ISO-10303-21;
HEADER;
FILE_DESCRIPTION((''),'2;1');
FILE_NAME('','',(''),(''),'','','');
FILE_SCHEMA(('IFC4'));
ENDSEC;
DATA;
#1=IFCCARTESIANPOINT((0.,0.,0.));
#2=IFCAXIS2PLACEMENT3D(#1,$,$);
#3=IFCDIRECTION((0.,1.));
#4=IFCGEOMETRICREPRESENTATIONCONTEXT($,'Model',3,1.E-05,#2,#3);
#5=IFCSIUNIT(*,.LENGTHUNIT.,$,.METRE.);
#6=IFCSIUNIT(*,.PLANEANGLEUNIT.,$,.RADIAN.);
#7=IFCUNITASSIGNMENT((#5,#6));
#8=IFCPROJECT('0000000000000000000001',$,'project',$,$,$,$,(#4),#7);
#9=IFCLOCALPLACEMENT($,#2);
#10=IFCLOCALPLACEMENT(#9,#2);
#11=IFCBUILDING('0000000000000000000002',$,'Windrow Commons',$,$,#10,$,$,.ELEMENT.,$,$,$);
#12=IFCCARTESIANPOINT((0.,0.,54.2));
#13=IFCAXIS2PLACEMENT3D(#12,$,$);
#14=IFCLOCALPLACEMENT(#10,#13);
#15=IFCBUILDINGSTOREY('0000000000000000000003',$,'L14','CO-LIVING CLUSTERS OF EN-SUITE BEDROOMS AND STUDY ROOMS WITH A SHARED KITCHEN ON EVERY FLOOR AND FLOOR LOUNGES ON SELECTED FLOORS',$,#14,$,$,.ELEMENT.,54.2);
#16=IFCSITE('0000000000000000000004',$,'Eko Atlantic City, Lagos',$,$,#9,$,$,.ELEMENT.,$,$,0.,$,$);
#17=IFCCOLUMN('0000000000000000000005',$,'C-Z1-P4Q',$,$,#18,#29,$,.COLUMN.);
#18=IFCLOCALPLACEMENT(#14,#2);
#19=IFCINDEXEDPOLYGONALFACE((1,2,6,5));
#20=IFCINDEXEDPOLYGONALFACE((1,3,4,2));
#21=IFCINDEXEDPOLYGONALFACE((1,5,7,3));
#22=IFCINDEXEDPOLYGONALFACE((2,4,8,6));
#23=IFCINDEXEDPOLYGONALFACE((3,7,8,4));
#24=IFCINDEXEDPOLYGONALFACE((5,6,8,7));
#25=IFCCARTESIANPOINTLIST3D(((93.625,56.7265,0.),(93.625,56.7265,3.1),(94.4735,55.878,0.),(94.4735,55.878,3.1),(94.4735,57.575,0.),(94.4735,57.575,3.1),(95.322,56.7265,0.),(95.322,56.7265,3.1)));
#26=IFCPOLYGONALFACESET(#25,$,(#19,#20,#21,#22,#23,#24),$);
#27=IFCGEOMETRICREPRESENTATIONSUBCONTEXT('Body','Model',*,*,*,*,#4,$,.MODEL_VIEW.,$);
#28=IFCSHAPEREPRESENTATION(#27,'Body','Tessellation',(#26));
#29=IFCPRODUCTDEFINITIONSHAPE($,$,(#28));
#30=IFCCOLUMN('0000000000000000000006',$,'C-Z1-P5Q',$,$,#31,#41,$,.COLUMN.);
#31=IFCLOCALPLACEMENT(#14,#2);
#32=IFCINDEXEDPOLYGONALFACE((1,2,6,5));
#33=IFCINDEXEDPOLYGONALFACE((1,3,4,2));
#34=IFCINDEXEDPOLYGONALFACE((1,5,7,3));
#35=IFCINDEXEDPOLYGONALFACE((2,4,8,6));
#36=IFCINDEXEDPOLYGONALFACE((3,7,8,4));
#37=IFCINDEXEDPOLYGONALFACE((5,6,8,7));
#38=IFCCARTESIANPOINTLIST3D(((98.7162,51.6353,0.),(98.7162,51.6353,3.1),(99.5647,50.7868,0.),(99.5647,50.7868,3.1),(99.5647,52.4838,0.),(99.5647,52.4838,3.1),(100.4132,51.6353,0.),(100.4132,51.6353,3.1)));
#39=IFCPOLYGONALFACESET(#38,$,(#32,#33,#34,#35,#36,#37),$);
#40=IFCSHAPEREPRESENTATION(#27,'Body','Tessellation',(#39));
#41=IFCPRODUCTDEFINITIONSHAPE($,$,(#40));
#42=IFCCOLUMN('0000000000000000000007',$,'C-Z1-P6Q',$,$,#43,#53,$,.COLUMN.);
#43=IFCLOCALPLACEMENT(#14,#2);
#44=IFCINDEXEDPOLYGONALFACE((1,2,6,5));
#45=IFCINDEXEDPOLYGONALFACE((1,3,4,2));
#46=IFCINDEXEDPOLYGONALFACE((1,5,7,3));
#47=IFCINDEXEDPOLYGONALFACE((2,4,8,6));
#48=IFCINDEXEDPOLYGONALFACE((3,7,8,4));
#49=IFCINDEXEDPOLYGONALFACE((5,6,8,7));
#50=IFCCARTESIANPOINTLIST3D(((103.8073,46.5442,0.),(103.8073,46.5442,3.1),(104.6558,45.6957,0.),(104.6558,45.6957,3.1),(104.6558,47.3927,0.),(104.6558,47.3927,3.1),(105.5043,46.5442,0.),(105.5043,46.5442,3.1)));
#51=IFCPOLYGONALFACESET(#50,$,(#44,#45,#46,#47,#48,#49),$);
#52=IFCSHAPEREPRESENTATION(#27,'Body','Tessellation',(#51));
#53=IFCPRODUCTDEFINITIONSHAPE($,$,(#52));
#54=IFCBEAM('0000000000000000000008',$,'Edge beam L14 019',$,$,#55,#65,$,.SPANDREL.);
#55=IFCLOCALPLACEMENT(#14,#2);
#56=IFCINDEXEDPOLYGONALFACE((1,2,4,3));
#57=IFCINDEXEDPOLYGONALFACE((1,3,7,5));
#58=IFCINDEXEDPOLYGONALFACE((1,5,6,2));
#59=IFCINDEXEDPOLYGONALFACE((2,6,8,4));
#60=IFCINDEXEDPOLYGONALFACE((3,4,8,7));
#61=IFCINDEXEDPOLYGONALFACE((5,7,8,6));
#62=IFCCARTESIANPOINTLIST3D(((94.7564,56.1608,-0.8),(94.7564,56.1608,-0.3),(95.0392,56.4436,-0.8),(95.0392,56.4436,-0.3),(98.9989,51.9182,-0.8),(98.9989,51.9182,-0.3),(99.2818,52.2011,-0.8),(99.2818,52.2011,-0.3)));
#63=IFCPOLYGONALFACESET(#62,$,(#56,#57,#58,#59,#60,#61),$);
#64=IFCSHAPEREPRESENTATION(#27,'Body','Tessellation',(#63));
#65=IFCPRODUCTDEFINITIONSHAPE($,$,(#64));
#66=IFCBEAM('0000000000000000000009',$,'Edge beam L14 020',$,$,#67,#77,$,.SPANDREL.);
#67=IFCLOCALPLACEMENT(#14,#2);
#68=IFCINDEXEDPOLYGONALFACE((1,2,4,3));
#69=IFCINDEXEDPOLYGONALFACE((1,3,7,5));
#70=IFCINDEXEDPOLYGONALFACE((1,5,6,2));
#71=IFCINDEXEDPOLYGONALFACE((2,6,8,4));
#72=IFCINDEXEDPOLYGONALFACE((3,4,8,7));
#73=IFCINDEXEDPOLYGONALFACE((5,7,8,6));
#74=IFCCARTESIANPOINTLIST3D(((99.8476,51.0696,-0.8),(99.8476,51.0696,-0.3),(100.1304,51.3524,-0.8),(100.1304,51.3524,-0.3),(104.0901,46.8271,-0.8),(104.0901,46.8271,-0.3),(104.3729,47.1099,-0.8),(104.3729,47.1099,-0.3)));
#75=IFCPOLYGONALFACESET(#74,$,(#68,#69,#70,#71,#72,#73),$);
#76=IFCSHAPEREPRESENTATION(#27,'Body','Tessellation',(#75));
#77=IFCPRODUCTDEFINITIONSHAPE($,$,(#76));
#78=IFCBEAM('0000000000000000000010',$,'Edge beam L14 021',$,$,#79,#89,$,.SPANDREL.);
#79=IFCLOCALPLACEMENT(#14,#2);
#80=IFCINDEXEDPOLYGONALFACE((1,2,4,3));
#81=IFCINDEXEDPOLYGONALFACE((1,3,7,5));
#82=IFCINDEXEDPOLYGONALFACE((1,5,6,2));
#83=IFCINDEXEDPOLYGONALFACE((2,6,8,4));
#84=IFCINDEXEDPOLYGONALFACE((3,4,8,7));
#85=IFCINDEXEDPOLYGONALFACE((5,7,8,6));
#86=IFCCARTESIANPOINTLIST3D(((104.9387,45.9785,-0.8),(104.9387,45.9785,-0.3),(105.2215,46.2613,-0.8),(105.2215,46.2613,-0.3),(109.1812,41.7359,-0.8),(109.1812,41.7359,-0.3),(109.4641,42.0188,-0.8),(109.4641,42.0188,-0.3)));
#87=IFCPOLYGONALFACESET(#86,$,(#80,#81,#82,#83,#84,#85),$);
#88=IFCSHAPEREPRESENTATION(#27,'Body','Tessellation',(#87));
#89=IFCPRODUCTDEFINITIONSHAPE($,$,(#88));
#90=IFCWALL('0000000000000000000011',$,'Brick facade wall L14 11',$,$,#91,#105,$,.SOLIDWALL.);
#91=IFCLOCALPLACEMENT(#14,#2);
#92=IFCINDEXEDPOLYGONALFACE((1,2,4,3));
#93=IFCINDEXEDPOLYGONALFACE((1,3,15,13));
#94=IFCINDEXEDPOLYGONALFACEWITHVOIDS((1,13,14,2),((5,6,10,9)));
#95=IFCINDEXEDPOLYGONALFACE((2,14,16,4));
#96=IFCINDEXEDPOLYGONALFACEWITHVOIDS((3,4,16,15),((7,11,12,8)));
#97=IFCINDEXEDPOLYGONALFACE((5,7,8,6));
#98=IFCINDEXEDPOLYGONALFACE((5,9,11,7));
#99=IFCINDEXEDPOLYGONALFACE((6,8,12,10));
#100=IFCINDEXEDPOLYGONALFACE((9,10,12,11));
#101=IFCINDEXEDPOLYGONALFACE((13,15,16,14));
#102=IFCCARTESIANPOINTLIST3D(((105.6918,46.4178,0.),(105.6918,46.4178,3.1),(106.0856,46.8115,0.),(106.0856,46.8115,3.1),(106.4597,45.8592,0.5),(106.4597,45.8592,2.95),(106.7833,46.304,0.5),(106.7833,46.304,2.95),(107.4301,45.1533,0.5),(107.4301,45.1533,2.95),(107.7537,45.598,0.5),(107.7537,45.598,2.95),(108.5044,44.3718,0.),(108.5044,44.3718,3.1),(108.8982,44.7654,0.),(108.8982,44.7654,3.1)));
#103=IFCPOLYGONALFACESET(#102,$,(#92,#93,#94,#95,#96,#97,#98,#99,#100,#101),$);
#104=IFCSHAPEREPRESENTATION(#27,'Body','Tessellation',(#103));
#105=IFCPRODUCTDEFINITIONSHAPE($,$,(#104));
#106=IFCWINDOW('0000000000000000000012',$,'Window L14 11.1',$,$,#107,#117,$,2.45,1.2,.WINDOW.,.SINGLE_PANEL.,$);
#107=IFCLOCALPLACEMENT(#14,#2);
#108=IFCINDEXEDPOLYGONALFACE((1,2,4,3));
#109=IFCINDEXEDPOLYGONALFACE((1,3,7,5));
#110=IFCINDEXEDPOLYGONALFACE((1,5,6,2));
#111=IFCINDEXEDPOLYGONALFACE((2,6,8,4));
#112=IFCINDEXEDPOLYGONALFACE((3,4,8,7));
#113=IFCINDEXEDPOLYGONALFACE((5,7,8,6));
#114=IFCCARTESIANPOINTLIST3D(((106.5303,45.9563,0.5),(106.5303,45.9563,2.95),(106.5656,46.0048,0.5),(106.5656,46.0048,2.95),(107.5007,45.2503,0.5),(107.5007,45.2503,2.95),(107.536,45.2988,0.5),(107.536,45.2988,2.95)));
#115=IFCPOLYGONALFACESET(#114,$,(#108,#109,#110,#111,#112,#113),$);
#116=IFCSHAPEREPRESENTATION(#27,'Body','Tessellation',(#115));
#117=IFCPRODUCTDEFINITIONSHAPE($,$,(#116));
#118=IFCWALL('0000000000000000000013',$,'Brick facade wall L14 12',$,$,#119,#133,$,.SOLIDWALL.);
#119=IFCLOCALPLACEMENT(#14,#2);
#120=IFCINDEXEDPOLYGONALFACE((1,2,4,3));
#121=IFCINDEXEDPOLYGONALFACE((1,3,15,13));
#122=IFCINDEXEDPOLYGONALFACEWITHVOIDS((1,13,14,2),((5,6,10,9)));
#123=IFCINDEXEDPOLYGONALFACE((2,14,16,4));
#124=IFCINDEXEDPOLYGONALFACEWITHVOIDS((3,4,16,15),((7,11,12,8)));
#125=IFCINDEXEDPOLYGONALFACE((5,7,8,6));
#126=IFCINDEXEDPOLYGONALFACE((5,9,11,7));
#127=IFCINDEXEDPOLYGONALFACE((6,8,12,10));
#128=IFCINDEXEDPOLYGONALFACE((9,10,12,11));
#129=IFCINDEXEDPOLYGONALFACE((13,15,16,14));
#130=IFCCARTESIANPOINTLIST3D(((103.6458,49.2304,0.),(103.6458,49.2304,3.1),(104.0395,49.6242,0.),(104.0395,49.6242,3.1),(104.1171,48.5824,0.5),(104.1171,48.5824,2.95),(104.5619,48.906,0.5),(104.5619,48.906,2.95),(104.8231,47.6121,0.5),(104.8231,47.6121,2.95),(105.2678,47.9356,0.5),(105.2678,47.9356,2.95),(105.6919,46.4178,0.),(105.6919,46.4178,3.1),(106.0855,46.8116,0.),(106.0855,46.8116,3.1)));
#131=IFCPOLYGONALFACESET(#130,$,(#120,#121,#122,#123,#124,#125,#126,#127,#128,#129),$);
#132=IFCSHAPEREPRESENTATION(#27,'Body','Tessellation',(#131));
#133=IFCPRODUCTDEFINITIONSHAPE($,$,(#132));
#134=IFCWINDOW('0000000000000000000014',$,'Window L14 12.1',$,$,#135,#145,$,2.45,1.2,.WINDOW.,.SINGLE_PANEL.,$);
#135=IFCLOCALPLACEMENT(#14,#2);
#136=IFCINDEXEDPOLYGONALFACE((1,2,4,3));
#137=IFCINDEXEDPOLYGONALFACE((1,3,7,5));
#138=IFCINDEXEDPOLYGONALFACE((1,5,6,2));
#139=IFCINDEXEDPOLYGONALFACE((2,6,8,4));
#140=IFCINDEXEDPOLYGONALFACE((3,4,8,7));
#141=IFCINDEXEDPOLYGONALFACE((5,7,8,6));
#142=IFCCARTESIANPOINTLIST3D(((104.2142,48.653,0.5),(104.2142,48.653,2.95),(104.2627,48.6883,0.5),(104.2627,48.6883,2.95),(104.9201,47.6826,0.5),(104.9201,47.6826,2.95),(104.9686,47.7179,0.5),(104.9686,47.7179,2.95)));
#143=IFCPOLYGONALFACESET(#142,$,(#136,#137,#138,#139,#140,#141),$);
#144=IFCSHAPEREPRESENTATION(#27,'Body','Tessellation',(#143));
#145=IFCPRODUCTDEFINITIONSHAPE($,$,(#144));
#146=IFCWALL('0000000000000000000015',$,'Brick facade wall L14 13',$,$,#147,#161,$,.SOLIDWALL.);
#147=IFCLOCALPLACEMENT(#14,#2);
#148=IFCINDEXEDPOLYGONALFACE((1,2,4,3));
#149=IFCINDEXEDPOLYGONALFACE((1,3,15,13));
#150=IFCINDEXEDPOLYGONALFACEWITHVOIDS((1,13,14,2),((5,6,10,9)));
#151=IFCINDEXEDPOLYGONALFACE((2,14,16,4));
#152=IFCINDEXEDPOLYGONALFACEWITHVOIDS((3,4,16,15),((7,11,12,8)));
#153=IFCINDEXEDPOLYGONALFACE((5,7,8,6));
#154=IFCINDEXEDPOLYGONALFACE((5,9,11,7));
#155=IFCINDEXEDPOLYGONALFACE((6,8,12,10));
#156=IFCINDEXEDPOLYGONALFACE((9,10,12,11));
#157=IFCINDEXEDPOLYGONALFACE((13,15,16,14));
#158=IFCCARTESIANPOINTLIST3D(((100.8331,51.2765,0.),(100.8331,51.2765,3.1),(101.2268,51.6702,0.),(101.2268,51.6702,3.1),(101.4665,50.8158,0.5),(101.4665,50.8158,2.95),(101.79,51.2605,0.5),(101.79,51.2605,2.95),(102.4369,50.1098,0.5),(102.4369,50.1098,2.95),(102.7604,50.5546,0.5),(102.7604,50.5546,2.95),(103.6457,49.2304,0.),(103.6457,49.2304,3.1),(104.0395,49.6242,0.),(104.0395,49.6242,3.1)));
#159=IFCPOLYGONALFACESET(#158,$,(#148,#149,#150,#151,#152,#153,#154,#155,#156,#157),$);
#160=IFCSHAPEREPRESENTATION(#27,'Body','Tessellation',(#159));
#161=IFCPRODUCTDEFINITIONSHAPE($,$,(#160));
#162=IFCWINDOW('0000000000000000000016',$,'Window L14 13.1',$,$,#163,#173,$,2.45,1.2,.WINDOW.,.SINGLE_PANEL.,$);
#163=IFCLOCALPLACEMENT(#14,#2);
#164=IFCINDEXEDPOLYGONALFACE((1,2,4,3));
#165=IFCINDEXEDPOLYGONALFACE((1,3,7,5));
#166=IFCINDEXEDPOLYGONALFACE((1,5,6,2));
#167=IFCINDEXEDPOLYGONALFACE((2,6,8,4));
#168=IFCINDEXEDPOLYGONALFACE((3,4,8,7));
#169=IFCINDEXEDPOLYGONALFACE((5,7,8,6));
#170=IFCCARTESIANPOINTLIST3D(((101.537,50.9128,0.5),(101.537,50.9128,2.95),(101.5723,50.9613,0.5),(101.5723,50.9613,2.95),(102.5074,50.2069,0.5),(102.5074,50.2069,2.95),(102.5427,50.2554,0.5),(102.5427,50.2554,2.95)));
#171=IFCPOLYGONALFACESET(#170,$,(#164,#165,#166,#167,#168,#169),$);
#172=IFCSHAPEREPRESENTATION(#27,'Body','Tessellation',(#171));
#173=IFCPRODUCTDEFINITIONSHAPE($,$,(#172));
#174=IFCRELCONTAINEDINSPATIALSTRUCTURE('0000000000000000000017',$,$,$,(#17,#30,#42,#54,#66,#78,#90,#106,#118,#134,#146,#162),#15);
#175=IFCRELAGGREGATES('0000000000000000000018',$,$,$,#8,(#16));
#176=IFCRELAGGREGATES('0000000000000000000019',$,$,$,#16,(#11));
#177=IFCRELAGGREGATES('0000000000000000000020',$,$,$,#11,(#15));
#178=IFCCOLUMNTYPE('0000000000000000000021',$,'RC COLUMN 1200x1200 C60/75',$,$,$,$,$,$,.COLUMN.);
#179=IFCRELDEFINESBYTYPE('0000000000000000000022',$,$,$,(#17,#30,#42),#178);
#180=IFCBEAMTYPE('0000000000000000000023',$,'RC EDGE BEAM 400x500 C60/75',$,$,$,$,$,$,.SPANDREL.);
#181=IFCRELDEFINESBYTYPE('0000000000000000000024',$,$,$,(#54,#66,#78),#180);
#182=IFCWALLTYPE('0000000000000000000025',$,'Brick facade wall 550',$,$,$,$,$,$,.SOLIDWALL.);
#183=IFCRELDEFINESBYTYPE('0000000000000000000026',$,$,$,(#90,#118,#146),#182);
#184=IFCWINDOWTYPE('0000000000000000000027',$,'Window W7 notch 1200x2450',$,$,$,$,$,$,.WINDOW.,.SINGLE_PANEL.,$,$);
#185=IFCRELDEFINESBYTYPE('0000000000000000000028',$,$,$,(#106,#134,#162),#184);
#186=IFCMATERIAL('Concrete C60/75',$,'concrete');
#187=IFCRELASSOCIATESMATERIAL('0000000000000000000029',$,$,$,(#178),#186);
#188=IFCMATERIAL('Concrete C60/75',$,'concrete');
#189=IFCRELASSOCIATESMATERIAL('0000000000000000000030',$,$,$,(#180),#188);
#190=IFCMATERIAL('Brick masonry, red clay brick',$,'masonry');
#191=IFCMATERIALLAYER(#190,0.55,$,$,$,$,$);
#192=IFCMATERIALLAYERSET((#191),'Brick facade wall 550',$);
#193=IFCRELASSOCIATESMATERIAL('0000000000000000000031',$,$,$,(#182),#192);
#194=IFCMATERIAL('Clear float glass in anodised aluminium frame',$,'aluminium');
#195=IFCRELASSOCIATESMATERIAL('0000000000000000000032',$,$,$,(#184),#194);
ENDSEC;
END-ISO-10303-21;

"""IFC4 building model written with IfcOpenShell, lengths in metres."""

from ifc_helpers import new_model, si_unit, direction, frame, frame_2d, origin, origin_2d, place, context, subcontext, project, spatial, polyline, rectangle, outline, extrude, material, layer, layer_set, material_profile, profile_set, type_object, element, fill, save


model = new_model("IFC4")

# Units and contexts
model_context = context("Model", 3, precision=1e-05, world=origin(), true_north=direction((0.0, 1.0)))
body_context = subcontext(model_context, "Body", "Model", "MODEL_VIEW")
ifc_project = project(units=[si_unit("LENGTHUNIT", "METRE"), si_unit("PLANEANGLEUNIT", "RADIAN")], contexts=[model_context])

# Site, building, storey
site_placement = place(None, origin())
site = spatial("IfcSite", under=ifc_project, at=site_placement, Name="Eko Atlantic City, Lagos", CompositionType="ELEMENT", RefElevation=0.0)
building_placement = place(site_placement, origin())
building = spatial("IfcBuilding", under=site, at=building_placement, Name="Windrow Commons", CompositionType="ELEMENT")
storey_placement = place(building_placement, frame((0.0, 0.0, 54.2)))
storey = spatial("IfcBuildingStorey", under=building, at=storey_placement, Name="L14", Description="CO-LIVING CLUSTERS OF EN-SUITE BEDROOMS AND STUDY ROOMS WITH A SHARED KITCHEN ON EVERY FLOOR AND FLOOR LOUNGES ON SELECTED FLOORS", CompositionType="ELEMENT", Elevation=54.2)

# Columns
ifc_material_1 = material(Name="Concrete C60/75", Category="concrete")
ifc_material_profile_1 = material_profile(ifc_material_1, rectangle(XDim=1.2, YDim=1.2, at=origin_2d()))
ifc_profile_set_1 = profile_set([ifc_material_profile_1], Name="Concrete C60/75")
column_type = type_object("IfcColumnType", Name="RC COLUMN 1200x1200 C60/75", PredefinedType="COLUMN", material=ifc_profile_set_1)
for number, where, z_axis, x_axis, name in (
    (1, (94.4735, 56.7265, 0.0), (0.0, 0.0, 1.0), (0.707107, -0.707107, 0.0), "C-Z1-P4Q"),
    (2, (99.5647, 51.6353, 0.0), (0.0, 0.0, 1.0), (0.707107, -0.707107, 0.0), "C-Z1-P5Q"),
    (3, (104.6558, 46.5442, 0.0), (0.0, 0.0, 1.0), (0.707107, -0.707107, 0.0), "C-Z1-P6Q"),
):
    element("IfcColumn", number, at=place(storey_placement, frame(where, z_axis=z_axis, x_axis=x_axis)), inside=storey, type_object=column_type, Name=name, PredefinedType="COLUMN", context=body_context, shape_type="SweptSolid", body=[
        extrude(rectangle(XDim=1.2, YDim=1.2, at=origin_2d()), origin(), (0.0, 0.0, 1.0), 3.1),
    ])

# Beams
ifc_material_2 = material(Name="Concrete C60/75", Category="concrete")
ifc_material_profile_2 = material_profile(ifc_material_2, rectangle(XDim=0.4, YDim=0.5, at=origin_2d()))
ifc_profile_set_2 = profile_set([ifc_material_profile_2], Name="Concrete C60/75")
beam_type = type_object("IfcBeamType", Name="RC EDGE BEAM 400x500 C60/75", PredefinedType="SPANDREL", material=ifc_profile_set_2)
beam_1_placement = place(storey_placement, frame((94.8978, 56.3022, -0.55), z_axis=(0.707107, -0.707107, 0.0), x_axis=(0.707107, 0.707107, 0.0)))
element("IfcBeam", 4, at=beam_1_placement, inside=storey, type_object=beam_type, Name="Edge beam L14 019", PredefinedType="SPANDREL", context=body_context, shape_type="SweptSolid", body=[
    extrude(rectangle(XDim=0.4, YDim=0.5, at=origin_2d()), origin(), (0.0, 0.0, 1.0), 5.9999),
])
beam_2_placement = place(storey_placement, frame((99.989, 51.211, -0.55), z_axis=(0.707107, -0.707107, 0.0), x_axis=(0.707107, 0.707107, 0.0)))
element("IfcBeam", 5, at=beam_2_placement, inside=storey, type_object=beam_type, Name="Edge beam L14 020", PredefinedType="SPANDREL", context=body_context, shape_type="SweptSolid", body=[
    extrude(rectangle(XDim=0.4, YDim=0.5, at=origin_2d()), origin(), (0.0, 0.0, 1.0), 5.9998),
])
beam_3_placement = place(storey_placement, frame((105.0801, 46.1199, -0.55), z_axis=(0.707107, -0.707107, 0.0), x_axis=(0.707107, 0.707107, 0.0)))
element("IfcBeam", 6, at=beam_3_placement, inside=storey, type_object=beam_type, Name="Edge beam L14 021", PredefinedType="SPANDREL", context=body_context, shape_type="SweptSolid", body=[
    extrude(rectangle(XDim=0.4, YDim=0.5, at=origin_2d()), origin(), (0.0, 0.0, 1.0), 5.9999),
])

# Walls, openings, windows
ifc_material_3 = material(Name="Brick masonry, red clay brick", Category="masonry")
ifc_layer_1 = layer(ifc_material_3, 0.55)
ifc_layer_set_1 = layer_set([ifc_layer_1], Name="Brick facade wall 550")
wall_type_1 = type_object("IfcWallType", Name="Brick facade wall 550", PredefinedType="SOLIDWALL", material=ifc_layer_set_1)
wall_1_placement = place(storey_placement, frame((108.7013, 44.5686, 0.0), z_axis=(0.0, 0.0, 1.0), x_axis=(-0.808658, 0.588279, 0.0)))
wall_1 = element("IfcWall", 7, at=wall_1_placement, inside=storey, type_object=wall_type_1, Name="Brick facade wall L14 11", PredefinedType="SOLIDWALL", context=body_context, shape_type="SweptSolid", body=[
    extrude(outline(polyline([(-0.0434, -0.275), (3.4347, -0.275), (3.5215, 0.275), (0.0434, 0.275), (-0.0434, -0.275)])), origin(), (0.0, 0.0, 1.0), 3.1),
])
opening_1_placement = place(wall_1_placement, frame((1.3719, 0.0, 0.5)))
opening_1 = element("IfcOpeningElement", 8, at=opening_1_placement, cuts=wall_1, PredefinedType="OPENING", context=body_context, shape_type="SweptSolid", body=[
    extrude(rectangle(XDim=1.2, YDim=2.45, at=frame_2d((0.6, 1.225))), frame((0.0, 0.285, 0.0), z_axis=(0.0, -1.0, 0.0), x_axis=(1.0, 0.0, 0.0)), (0.0, 0.0, 1.0), 0.57),
])
ifc_material_4 = material(Name="Clear float glass in anodised aluminium frame", Category="aluminium")
window_type = type_object("IfcWindowType", Name="Window W7 notch 1200x2450", PartitioningType="SINGLE_PANEL", PredefinedType="WINDOW", material=ifc_material_4)
window_1_placement = place(opening_1_placement, origin())
window_1 = element("IfcWindow", 9, at=window_1_placement, inside=storey, type_object=window_type, Name="Window L14 11.1", OverallHeight=2.45, OverallWidth=1.2, PartitioningType="SINGLE_PANEL", PredefinedType="WINDOW", context=body_context, shape_type="SweptSolid", body=[
    extrude(rectangle(XDim=1.2, YDim=2.45, at=frame_2d((0.6, 1.225))), frame((0.0, 0.155, 0.0), z_axis=(0.0, -1.0, 0.0), x_axis=(1.0, 0.0, 0.0)), (0.0, 0.0, 1.0), 0.06),
])
fill(opening_1, window_1)
wall_2_placement = place(storey_placement, frame((105.8887, 46.6147, 0.0), z_axis=(0.0, 0.0, 1.0), x_axis=(-0.588279, 0.808658, 0.0)))
wall_2 = element("IfcWall", 10, at=wall_2_placement, inside=storey, type_object=wall_type_1, Name="Brick facade wall L14 12", PredefinedType="SOLIDWALL", context=body_context, shape_type="SweptSolid", body=[
    extrude(outline(polyline([(0.0434, -0.275), (3.5215, -0.275), (3.4347, 0.275), (-0.0434, 0.275), (0.0434, -0.275)])), origin(), (0.0, 0.0, 1.0), 3.1),
])
opening_2_placement = place(wall_2_placement, frame((1.4334, 0.0, 0.5)))
opening_2 = element("IfcOpeningElement", 11, at=opening_2_placement, cuts=wall_2, PredefinedType="OPENING", context=body_context, shape_type="SweptSolid", body=[
    extrude(rectangle(XDim=1.2, YDim=2.45, at=frame_2d((0.6, 1.225))), frame((0.0, 0.285, 0.0), z_axis=(0.0, -1.0, 0.0), x_axis=(1.0, 0.0, 0.0)), (0.0, 0.0, 1.0), 0.57),
])
window_2_placement = place(opening_2_placement, origin())
window_2 = element("IfcWindow", 12, at=window_2_placement, inside=storey, type_object=window_type, Name="Window L14 12.1", OverallHeight=2.45, OverallWidth=1.2, PartitioningType="SINGLE_PANEL", PredefinedType="WINDOW", context=body_context, shape_type="SweptSolid", body=[
    extrude(rectangle(XDim=1.2, YDim=2.45, at=frame_2d((0.6, 1.225))), frame((0.0, 0.155, 0.0), z_axis=(0.0, -1.0, 0.0), x_axis=(1.0, 0.0, 0.0)), (0.0, 0.0, 1.0), 0.06),
])
fill(opening_2, window_2)
wall_3_placement = place(storey_placement, frame((103.8426, 49.4273, 0.0), z_axis=(0.0, 0.0, 1.0), x_axis=(-0.808668, 0.588266, 0.0)))
wall_3 = element("IfcWall", 13, at=wall_3_placement, inside=storey, type_object=wall_type_1, Name="Brick facade wall L14 13", PredefinedType="SOLIDWALL", context=body_context, shape_type="SweptSolid", body=[
    extrude(outline(polyline([(-0.0434, -0.275), (3.4347, -0.275), (3.5215, 0.275), (0.0434, 0.275), (-0.0434, -0.275)])), origin(), (0.0, 0.0, 1.0), 3.1),
])
opening_3_placement = place(wall_3_placement, frame((1.5383, 0.0, 0.5)))
opening_3 = element("IfcOpeningElement", 14, at=opening_3_placement, cuts=wall_3, PredefinedType="OPENING", context=body_context, shape_type="SweptSolid", body=[
    extrude(rectangle(XDim=1.2, YDim=2.45, at=frame_2d((0.6, 1.225))), frame((0.0, 0.285, 0.0), z_axis=(0.0, -1.0, 0.0), x_axis=(1.0, 0.0, 0.0)), (0.0, 0.0, 1.0), 0.57),
])
window_3_placement = place(opening_3_placement, origin())
window_3 = element("IfcWindow", 15, at=window_3_placement, inside=storey, type_object=window_type, Name="Window L14 13.1", OverallHeight=2.45, OverallWidth=1.2, PartitioningType="SINGLE_PANEL", PredefinedType="WINDOW", context=body_context, shape_type="SweptSolid", body=[
    extrude(rectangle(XDim=1.2, YDim=2.45, at=frame_2d((0.6, 1.225))), frame((0.0, 0.155, 0.0), z_axis=(0.0, -1.0, 0.0), x_axis=(1.0, 0.0, 0.0)), (0.0, 0.0, 1.0), 0.06),
])
fill(opening_3, window_3)

save(model, "model.ifc")
